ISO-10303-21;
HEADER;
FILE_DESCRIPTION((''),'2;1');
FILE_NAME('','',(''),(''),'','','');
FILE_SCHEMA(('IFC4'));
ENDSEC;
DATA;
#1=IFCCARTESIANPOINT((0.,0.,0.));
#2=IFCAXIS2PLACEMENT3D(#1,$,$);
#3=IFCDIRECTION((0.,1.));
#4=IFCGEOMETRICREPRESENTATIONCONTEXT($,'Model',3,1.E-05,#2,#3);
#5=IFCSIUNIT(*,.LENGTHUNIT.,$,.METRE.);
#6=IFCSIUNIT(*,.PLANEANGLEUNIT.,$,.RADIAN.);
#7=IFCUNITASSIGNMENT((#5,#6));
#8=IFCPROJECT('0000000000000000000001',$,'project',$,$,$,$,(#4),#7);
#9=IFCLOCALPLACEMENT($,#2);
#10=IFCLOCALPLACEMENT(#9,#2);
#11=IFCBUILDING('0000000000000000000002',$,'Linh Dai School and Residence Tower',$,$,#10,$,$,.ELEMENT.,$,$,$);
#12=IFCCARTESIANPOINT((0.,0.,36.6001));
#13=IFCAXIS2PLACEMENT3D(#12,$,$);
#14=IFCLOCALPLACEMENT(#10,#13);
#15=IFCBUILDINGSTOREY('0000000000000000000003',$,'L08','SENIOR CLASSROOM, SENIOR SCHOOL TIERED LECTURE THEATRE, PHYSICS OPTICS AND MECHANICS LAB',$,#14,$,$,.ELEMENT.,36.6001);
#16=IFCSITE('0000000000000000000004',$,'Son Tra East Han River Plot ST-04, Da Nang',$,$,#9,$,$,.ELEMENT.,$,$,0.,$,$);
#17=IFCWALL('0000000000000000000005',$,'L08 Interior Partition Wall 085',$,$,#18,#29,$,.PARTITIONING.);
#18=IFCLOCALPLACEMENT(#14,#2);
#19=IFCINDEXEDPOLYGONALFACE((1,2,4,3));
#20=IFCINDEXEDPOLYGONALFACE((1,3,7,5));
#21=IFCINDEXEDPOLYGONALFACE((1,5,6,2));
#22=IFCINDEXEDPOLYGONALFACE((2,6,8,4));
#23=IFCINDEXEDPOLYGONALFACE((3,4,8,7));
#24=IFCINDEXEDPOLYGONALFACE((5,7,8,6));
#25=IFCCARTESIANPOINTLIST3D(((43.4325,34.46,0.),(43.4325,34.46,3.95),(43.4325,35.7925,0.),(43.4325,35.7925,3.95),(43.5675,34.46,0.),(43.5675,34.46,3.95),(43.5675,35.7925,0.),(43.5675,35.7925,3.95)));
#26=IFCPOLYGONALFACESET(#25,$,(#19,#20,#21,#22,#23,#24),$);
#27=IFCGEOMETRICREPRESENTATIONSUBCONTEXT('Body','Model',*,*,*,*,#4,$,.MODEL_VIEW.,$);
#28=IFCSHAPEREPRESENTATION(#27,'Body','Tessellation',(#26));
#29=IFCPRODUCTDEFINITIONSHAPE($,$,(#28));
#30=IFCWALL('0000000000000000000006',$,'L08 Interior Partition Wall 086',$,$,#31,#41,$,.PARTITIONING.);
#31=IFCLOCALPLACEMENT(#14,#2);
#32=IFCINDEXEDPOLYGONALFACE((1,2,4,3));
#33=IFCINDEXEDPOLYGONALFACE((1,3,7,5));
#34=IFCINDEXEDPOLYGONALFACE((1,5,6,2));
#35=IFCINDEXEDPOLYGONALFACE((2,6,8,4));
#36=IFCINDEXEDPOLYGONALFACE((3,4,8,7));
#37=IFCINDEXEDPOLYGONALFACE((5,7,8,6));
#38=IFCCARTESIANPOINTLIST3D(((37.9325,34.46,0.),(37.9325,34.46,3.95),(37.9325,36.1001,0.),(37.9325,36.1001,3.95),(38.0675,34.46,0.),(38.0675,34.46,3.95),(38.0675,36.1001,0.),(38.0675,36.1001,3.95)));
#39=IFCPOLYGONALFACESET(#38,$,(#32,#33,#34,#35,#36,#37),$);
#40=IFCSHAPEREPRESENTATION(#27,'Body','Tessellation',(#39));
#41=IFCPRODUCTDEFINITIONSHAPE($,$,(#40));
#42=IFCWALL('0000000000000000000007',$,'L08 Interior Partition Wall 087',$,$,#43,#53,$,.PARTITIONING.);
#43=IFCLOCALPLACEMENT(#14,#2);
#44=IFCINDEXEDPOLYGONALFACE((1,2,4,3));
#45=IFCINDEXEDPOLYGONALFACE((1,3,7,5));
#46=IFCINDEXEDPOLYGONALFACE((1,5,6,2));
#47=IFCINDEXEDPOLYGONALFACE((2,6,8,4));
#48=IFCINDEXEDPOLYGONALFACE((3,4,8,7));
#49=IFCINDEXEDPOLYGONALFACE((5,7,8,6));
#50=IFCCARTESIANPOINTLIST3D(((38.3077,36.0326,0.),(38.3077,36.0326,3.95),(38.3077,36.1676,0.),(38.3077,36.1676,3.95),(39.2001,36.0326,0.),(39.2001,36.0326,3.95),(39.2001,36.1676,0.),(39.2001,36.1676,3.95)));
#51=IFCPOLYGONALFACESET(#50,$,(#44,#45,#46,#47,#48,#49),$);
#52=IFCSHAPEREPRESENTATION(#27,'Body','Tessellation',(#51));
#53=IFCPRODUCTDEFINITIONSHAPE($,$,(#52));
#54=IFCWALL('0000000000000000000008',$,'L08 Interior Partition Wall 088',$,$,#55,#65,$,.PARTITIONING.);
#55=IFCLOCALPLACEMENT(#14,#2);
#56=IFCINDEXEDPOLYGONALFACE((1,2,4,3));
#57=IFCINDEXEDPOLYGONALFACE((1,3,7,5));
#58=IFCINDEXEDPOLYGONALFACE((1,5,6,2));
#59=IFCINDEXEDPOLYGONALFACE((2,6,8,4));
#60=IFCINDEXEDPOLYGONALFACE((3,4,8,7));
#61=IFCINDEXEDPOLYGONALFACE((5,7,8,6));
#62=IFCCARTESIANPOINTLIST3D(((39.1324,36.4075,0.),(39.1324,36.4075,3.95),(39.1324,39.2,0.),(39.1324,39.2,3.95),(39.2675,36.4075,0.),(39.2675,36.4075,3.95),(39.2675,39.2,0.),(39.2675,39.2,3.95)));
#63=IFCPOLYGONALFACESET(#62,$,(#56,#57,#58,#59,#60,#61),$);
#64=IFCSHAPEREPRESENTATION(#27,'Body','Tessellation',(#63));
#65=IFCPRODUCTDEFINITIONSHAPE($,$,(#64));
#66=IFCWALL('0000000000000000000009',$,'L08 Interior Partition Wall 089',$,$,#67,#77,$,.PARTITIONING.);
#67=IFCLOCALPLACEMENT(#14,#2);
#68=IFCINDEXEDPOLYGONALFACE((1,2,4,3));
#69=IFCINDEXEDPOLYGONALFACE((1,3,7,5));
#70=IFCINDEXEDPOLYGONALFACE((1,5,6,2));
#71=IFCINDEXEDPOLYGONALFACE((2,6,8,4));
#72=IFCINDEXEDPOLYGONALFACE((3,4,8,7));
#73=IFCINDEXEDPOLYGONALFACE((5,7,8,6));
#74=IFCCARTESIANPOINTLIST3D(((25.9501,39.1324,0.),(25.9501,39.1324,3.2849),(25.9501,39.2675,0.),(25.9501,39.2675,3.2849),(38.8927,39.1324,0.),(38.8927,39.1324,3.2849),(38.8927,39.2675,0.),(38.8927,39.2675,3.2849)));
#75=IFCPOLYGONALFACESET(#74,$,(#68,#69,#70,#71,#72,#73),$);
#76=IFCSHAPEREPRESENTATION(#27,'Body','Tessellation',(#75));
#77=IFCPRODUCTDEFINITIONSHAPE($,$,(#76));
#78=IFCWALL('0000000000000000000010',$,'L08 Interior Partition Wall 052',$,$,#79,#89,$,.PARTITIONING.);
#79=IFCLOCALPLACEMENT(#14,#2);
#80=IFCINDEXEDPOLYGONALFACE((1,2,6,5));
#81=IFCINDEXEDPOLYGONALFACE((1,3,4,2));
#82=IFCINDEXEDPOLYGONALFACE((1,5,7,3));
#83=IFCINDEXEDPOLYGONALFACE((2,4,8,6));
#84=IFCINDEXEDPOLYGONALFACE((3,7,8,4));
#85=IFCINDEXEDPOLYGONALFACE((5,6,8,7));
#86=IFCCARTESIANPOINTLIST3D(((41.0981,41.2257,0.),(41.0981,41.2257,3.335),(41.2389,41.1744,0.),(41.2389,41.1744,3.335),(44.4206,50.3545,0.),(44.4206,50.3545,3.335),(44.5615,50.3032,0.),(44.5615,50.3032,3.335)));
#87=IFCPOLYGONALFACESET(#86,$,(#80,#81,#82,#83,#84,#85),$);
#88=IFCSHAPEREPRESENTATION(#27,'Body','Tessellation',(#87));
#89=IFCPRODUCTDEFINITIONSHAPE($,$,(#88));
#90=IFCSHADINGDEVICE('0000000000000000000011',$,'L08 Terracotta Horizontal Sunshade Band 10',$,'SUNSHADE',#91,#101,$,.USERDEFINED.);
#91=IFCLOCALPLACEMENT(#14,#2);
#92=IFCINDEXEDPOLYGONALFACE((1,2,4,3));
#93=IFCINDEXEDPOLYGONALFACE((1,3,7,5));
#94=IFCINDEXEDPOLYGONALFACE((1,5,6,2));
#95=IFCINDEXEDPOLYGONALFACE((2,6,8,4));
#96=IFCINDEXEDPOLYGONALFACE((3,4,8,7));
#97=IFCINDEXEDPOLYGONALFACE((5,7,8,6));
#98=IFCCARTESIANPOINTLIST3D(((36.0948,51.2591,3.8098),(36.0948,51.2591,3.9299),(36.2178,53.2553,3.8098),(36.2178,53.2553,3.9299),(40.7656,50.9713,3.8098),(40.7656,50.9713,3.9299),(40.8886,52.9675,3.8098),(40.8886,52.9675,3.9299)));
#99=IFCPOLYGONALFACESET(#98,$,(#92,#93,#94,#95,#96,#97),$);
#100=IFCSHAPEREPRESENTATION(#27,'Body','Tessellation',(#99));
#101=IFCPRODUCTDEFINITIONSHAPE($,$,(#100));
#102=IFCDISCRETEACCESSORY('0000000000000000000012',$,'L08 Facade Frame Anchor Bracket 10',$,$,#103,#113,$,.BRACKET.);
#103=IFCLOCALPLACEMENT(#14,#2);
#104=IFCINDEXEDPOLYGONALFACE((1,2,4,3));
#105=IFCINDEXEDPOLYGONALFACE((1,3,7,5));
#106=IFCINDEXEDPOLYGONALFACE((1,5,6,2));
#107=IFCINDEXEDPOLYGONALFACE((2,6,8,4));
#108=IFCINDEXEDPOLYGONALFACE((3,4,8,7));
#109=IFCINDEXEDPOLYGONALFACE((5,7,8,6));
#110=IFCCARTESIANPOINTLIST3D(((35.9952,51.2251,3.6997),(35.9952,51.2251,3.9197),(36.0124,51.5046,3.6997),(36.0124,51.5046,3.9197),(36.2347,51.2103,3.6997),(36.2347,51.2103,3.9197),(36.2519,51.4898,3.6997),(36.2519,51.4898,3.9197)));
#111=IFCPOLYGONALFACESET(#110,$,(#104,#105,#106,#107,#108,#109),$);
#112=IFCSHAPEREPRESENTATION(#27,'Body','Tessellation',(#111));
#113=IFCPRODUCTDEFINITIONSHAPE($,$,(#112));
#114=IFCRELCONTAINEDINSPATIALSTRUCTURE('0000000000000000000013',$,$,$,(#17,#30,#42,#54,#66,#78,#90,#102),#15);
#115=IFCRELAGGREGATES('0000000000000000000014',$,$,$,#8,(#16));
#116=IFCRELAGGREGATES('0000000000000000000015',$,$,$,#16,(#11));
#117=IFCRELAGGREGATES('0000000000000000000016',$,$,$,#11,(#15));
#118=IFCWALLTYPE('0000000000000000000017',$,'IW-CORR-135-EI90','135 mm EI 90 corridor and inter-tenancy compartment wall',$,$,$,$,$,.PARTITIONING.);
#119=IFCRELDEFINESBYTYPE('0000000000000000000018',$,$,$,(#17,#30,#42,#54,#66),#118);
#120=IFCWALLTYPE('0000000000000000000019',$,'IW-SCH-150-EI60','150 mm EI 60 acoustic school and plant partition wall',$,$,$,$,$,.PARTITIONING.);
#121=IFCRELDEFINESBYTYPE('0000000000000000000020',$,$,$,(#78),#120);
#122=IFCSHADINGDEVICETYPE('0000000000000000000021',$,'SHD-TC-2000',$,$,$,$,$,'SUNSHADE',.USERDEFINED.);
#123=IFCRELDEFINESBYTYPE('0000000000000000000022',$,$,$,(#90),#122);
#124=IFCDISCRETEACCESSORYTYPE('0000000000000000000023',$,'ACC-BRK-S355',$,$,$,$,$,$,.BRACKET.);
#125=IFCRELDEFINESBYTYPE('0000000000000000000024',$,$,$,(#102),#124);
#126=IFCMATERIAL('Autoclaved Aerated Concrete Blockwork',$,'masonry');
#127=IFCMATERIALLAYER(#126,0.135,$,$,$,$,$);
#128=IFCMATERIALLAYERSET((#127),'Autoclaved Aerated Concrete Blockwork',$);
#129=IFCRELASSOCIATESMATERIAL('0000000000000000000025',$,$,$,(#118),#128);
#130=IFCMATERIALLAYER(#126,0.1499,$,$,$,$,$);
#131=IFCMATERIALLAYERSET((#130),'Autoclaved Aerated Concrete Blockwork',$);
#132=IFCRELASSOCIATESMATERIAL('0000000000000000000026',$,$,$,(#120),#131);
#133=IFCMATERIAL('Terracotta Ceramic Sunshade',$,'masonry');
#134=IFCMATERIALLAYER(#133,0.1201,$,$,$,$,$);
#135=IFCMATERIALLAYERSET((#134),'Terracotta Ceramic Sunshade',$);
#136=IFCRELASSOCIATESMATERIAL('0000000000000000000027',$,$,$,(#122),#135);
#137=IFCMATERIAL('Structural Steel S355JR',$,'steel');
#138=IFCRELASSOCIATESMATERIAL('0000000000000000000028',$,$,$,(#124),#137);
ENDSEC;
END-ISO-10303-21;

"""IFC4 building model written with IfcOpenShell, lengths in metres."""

from ifc_helpers import new_model, si_unit, direction, frame, frame_2d, origin, origin_2d, place, context, subcontext, project, spatial, rectangle, extrude, source, transform, mapped, material, layer, layer_set, type_object, element, save


model = new_model("IFC4")

# Units and contexts
model_context = context("Model", 3, precision=1e-05, world=origin(), true_north=direction((0.0, 1.0)))
body_context = subcontext(model_context, "Body", "Model", "MODEL_VIEW")
ifc_project = project(units=[si_unit("LENGTHUNIT", "METRE"), si_unit("PLANEANGLEUNIT", "RADIAN")], contexts=[model_context])

# Site, building, storey
site_placement = place(None, origin())
site = spatial("IfcSite", under=ifc_project, at=site_placement, Name="Son Tra East Han River Plot ST-04, Da Nang", CompositionType="ELEMENT", RefElevation=0.0)
building_placement = place(site_placement, origin())
building = spatial("IfcBuilding", under=site, at=building_placement, Name="Linh Dai School and Residence Tower", CompositionType="ELEMENT")
storey_placement = place(building_placement, frame((0.0, 0.0, 36.6001)))
storey = spatial("IfcBuildingStorey", under=building, at=storey_placement, Name="L08", Description="SENIOR CLASSROOM, SENIOR SCHOOL TIERED LECTURE THEATRE, PHYSICS OPTICS AND MECHANICS LAB", CompositionType="ELEMENT", Elevation=36.6001)

# Shared definitions
ifc_material_1 = material(Name="Structural Steel S355JR", Category="steel")

# Walls
ifc_material_2 = material(Name="Autoclaved Aerated Concrete Blockwork", Category="masonry")
ifc_layer_1 = layer(ifc_material_2, 0.135)
ifc_layer_set_1 = layer_set([ifc_layer_1], Name="Autoclaved Aerated Concrete Blockwork")
wall_type_1 = type_object("IfcWallType", Name="IW-CORR-135-EI90", Description="135 mm EI 90 corridor and inter-tenancy compartment wall", PredefinedType="PARTITIONING", material=ifc_layer_set_1)
wall_1_placement = place(storey_placement, frame((43.5, 35.7925, 0.0), z_axis=(0.0, 0.0, 1.0), x_axis=(0.0, -1.0, 0.0)))
element("IfcWall", 1, at=wall_1_placement, inside=storey, type_object=wall_type_1, Name="L08 Interior Partition Wall 085", PredefinedType="PARTITIONING", context=body_context, shape_type="SweptSolid", body=[
    extrude(rectangle(XDim=1.3325, YDim=0.135, at=frame_2d((0.6663, 0.0))), origin(), (0.0, 0.0, 1.0), 3.95),
])
wall_2_placement = place(storey_placement, frame((38.0, 34.46, 0.0), z_axis=(0.0, 0.0, 1.0), x_axis=(0.0, 1.0, 0.0)))
element("IfcWall", 2, at=wall_2_placement, inside=storey, type_object=wall_type_1, Name="L08 Interior Partition Wall 086", PredefinedType="PARTITIONING", context=body_context, shape_type="SweptSolid", body=[
    extrude(rectangle(XDim=1.6401, YDim=0.135, at=frame_2d((0.8201, 0.0))), origin(), (0.0, 0.0, 1.0), 3.95),
])
wall_3_placement = place(storey_placement, frame((38.3076, 36.1001, 0.0), z_axis=(0.0, 0.0, 1.0), x_axis=(1.0, 0.0, 0.0)))
element("IfcWall", 3, at=wall_3_placement, inside=storey, type_object=wall_type_1, Name="L08 Interior Partition Wall 087", PredefinedType="PARTITIONING", context=body_context, shape_type="SweptSolid", body=[
    extrude(rectangle(XDim=0.8923, YDim=0.135, at=frame_2d((0.4463, 0.0))), origin(), (0.0, 0.0, 1.0), 3.95),
])
wall_4_placement = place(storey_placement, frame((39.2, 36.4075, 0.0), z_axis=(0.0, 0.0, 1.0), x_axis=(0.0, 1.0, 0.0)))
element("IfcWall", 4, at=wall_4_placement, inside=storey, type_object=wall_type_1, Name="L08 Interior Partition Wall 088", PredefinedType="PARTITIONING", context=body_context, shape_type="SweptSolid", body=[
    extrude(rectangle(XDim=2.7925, YDim=0.135, at=frame_2d((1.3962, 0.0))), origin(), (0.0, 0.0, 1.0), 3.95),
])
wall_5_placement = place(storey_placement, frame((38.8926, 39.2, 0.0), z_axis=(0.0, 0.0, 1.0), x_axis=(-1.0, 0.0, 0.0)))
element("IfcWall", 5, at=wall_5_placement, inside=storey, type_object=wall_type_1, Name="L08 Interior Partition Wall 089", PredefinedType="PARTITIONING", context=body_context, shape_type="SweptSolid", body=[
    extrude(rectangle(XDim=12.9426, YDim=0.135, at=frame_2d((6.4712, 0.0))), origin(), (0.0, 0.0, 1.0), 3.2849),
])
ifc_layer_2 = layer(ifc_material_2, 0.1499)
ifc_layer_set_2 = layer_set([ifc_layer_2], Name="Autoclaved Aerated Concrete Blockwork")
wall_type_2 = type_object("IfcWallType", Name="IW-SCH-150-EI60", Description="150 mm EI 60 acoustic school and plant partition wall", PredefinedType="PARTITIONING", material=ifc_layer_set_2)
wall_6_placement = place(storey_placement, frame((41.1685, 41.2, 0.0), z_axis=(0.0, 0.0, 1.0), x_axis=(0.342015, 0.939694, 0.0)))
element("IfcWall", 6, at=wall_6_placement, inside=storey, type_object=wall_type_2, Name="L08 Interior Partition Wall 052", PredefinedType="PARTITIONING", context=body_context, shape_type="SweptSolid", body=[
    extrude(rectangle(XDim=9.7146, YDim=0.1499, at=frame_2d((4.8574, 0.0))), origin(), (0.0, 0.0, 1.0), 3.335),
])

# Shading device
ifc_material_3 = material(Name="Terracotta Ceramic Sunshade", Category="masonry")
ifc_layer_3 = layer(ifc_material_3, 0.1201)
ifc_layer_set_3 = layer_set([ifc_layer_3], Name="Terracotta Ceramic Sunshade")
shading_device_type = type_object("IfcShadingDeviceType", Name="SHD-TC-2000", ElementType="SUNSHADE", PredefinedType="USERDEFINED", material=ifc_layer_set_3)
shared_shape_1 = source(origin(), body_context, "Body", "SweptSolid", [
    extrude(rectangle(XDim=4.6797, YDim=2.0, at=origin_2d()), origin(), (0.0, 0.0, 1.0), 0.1201),
])
shading_device_placement = place(storey_placement, frame((38.4917, 52.1133, 3.8098), z_axis=(0.0, 0.0, 1.0), x_axis=(0.998107, -0.061507, 0.0)))
element("IfcShadingDevice", 7, at=shading_device_placement, inside=storey, type_object=shading_device_type, Name="L08 Terracotta Horizontal Sunshade Band 10", ObjectType="SUNSHADE", PredefinedType="USERDEFINED", context=body_context, shape_type="MappedRepresentation", body=[
    mapped(shared_shape_1, transform((0.0, 0.0, 0.0), x_axis=(1.0, 0.0, 0.0), y_axis=(0.0, 1.0, 0.0), z_axis=(0.0, 0.0, 1.0), scale=1.0)),
])

# Discrete accessory
discrete_accessory_type = type_object("IfcDiscreteAccessoryType", Name="ACC-BRK-S355", PredefinedType="BRACKET", material=ifc_material_1)
shared_shape_2 = source(origin(), body_context, "Body", "SweptSolid", [
    extrude(rectangle(XDim=0.28, YDim=0.24, at=origin_2d()), origin(), (0.0, 0.0, 1.0), 0.22),
])
discrete_accessory_placement = place(storey_placement, frame((36.1235, 51.3574, 3.6997), z_axis=(0.0, 0.0, 1.0), x_axis=(0.061507, 0.998107, 0.0)))
element("IfcDiscreteAccessory", 8, at=discrete_accessory_placement, inside=storey, type_object=discrete_accessory_type, Name="L08 Facade Frame Anchor Bracket 10", PredefinedType="BRACKET", context=body_context, shape_type="MappedRepresentation", body=[
    mapped(shared_shape_2, transform((0.0, 0.0, 0.0), x_axis=(1.0, 0.0, 0.0), y_axis=(0.0, 1.0, 0.0), z_axis=(0.0, 0.0, 1.0), scale=1.0)),
])

save(model, "model.ifc")
